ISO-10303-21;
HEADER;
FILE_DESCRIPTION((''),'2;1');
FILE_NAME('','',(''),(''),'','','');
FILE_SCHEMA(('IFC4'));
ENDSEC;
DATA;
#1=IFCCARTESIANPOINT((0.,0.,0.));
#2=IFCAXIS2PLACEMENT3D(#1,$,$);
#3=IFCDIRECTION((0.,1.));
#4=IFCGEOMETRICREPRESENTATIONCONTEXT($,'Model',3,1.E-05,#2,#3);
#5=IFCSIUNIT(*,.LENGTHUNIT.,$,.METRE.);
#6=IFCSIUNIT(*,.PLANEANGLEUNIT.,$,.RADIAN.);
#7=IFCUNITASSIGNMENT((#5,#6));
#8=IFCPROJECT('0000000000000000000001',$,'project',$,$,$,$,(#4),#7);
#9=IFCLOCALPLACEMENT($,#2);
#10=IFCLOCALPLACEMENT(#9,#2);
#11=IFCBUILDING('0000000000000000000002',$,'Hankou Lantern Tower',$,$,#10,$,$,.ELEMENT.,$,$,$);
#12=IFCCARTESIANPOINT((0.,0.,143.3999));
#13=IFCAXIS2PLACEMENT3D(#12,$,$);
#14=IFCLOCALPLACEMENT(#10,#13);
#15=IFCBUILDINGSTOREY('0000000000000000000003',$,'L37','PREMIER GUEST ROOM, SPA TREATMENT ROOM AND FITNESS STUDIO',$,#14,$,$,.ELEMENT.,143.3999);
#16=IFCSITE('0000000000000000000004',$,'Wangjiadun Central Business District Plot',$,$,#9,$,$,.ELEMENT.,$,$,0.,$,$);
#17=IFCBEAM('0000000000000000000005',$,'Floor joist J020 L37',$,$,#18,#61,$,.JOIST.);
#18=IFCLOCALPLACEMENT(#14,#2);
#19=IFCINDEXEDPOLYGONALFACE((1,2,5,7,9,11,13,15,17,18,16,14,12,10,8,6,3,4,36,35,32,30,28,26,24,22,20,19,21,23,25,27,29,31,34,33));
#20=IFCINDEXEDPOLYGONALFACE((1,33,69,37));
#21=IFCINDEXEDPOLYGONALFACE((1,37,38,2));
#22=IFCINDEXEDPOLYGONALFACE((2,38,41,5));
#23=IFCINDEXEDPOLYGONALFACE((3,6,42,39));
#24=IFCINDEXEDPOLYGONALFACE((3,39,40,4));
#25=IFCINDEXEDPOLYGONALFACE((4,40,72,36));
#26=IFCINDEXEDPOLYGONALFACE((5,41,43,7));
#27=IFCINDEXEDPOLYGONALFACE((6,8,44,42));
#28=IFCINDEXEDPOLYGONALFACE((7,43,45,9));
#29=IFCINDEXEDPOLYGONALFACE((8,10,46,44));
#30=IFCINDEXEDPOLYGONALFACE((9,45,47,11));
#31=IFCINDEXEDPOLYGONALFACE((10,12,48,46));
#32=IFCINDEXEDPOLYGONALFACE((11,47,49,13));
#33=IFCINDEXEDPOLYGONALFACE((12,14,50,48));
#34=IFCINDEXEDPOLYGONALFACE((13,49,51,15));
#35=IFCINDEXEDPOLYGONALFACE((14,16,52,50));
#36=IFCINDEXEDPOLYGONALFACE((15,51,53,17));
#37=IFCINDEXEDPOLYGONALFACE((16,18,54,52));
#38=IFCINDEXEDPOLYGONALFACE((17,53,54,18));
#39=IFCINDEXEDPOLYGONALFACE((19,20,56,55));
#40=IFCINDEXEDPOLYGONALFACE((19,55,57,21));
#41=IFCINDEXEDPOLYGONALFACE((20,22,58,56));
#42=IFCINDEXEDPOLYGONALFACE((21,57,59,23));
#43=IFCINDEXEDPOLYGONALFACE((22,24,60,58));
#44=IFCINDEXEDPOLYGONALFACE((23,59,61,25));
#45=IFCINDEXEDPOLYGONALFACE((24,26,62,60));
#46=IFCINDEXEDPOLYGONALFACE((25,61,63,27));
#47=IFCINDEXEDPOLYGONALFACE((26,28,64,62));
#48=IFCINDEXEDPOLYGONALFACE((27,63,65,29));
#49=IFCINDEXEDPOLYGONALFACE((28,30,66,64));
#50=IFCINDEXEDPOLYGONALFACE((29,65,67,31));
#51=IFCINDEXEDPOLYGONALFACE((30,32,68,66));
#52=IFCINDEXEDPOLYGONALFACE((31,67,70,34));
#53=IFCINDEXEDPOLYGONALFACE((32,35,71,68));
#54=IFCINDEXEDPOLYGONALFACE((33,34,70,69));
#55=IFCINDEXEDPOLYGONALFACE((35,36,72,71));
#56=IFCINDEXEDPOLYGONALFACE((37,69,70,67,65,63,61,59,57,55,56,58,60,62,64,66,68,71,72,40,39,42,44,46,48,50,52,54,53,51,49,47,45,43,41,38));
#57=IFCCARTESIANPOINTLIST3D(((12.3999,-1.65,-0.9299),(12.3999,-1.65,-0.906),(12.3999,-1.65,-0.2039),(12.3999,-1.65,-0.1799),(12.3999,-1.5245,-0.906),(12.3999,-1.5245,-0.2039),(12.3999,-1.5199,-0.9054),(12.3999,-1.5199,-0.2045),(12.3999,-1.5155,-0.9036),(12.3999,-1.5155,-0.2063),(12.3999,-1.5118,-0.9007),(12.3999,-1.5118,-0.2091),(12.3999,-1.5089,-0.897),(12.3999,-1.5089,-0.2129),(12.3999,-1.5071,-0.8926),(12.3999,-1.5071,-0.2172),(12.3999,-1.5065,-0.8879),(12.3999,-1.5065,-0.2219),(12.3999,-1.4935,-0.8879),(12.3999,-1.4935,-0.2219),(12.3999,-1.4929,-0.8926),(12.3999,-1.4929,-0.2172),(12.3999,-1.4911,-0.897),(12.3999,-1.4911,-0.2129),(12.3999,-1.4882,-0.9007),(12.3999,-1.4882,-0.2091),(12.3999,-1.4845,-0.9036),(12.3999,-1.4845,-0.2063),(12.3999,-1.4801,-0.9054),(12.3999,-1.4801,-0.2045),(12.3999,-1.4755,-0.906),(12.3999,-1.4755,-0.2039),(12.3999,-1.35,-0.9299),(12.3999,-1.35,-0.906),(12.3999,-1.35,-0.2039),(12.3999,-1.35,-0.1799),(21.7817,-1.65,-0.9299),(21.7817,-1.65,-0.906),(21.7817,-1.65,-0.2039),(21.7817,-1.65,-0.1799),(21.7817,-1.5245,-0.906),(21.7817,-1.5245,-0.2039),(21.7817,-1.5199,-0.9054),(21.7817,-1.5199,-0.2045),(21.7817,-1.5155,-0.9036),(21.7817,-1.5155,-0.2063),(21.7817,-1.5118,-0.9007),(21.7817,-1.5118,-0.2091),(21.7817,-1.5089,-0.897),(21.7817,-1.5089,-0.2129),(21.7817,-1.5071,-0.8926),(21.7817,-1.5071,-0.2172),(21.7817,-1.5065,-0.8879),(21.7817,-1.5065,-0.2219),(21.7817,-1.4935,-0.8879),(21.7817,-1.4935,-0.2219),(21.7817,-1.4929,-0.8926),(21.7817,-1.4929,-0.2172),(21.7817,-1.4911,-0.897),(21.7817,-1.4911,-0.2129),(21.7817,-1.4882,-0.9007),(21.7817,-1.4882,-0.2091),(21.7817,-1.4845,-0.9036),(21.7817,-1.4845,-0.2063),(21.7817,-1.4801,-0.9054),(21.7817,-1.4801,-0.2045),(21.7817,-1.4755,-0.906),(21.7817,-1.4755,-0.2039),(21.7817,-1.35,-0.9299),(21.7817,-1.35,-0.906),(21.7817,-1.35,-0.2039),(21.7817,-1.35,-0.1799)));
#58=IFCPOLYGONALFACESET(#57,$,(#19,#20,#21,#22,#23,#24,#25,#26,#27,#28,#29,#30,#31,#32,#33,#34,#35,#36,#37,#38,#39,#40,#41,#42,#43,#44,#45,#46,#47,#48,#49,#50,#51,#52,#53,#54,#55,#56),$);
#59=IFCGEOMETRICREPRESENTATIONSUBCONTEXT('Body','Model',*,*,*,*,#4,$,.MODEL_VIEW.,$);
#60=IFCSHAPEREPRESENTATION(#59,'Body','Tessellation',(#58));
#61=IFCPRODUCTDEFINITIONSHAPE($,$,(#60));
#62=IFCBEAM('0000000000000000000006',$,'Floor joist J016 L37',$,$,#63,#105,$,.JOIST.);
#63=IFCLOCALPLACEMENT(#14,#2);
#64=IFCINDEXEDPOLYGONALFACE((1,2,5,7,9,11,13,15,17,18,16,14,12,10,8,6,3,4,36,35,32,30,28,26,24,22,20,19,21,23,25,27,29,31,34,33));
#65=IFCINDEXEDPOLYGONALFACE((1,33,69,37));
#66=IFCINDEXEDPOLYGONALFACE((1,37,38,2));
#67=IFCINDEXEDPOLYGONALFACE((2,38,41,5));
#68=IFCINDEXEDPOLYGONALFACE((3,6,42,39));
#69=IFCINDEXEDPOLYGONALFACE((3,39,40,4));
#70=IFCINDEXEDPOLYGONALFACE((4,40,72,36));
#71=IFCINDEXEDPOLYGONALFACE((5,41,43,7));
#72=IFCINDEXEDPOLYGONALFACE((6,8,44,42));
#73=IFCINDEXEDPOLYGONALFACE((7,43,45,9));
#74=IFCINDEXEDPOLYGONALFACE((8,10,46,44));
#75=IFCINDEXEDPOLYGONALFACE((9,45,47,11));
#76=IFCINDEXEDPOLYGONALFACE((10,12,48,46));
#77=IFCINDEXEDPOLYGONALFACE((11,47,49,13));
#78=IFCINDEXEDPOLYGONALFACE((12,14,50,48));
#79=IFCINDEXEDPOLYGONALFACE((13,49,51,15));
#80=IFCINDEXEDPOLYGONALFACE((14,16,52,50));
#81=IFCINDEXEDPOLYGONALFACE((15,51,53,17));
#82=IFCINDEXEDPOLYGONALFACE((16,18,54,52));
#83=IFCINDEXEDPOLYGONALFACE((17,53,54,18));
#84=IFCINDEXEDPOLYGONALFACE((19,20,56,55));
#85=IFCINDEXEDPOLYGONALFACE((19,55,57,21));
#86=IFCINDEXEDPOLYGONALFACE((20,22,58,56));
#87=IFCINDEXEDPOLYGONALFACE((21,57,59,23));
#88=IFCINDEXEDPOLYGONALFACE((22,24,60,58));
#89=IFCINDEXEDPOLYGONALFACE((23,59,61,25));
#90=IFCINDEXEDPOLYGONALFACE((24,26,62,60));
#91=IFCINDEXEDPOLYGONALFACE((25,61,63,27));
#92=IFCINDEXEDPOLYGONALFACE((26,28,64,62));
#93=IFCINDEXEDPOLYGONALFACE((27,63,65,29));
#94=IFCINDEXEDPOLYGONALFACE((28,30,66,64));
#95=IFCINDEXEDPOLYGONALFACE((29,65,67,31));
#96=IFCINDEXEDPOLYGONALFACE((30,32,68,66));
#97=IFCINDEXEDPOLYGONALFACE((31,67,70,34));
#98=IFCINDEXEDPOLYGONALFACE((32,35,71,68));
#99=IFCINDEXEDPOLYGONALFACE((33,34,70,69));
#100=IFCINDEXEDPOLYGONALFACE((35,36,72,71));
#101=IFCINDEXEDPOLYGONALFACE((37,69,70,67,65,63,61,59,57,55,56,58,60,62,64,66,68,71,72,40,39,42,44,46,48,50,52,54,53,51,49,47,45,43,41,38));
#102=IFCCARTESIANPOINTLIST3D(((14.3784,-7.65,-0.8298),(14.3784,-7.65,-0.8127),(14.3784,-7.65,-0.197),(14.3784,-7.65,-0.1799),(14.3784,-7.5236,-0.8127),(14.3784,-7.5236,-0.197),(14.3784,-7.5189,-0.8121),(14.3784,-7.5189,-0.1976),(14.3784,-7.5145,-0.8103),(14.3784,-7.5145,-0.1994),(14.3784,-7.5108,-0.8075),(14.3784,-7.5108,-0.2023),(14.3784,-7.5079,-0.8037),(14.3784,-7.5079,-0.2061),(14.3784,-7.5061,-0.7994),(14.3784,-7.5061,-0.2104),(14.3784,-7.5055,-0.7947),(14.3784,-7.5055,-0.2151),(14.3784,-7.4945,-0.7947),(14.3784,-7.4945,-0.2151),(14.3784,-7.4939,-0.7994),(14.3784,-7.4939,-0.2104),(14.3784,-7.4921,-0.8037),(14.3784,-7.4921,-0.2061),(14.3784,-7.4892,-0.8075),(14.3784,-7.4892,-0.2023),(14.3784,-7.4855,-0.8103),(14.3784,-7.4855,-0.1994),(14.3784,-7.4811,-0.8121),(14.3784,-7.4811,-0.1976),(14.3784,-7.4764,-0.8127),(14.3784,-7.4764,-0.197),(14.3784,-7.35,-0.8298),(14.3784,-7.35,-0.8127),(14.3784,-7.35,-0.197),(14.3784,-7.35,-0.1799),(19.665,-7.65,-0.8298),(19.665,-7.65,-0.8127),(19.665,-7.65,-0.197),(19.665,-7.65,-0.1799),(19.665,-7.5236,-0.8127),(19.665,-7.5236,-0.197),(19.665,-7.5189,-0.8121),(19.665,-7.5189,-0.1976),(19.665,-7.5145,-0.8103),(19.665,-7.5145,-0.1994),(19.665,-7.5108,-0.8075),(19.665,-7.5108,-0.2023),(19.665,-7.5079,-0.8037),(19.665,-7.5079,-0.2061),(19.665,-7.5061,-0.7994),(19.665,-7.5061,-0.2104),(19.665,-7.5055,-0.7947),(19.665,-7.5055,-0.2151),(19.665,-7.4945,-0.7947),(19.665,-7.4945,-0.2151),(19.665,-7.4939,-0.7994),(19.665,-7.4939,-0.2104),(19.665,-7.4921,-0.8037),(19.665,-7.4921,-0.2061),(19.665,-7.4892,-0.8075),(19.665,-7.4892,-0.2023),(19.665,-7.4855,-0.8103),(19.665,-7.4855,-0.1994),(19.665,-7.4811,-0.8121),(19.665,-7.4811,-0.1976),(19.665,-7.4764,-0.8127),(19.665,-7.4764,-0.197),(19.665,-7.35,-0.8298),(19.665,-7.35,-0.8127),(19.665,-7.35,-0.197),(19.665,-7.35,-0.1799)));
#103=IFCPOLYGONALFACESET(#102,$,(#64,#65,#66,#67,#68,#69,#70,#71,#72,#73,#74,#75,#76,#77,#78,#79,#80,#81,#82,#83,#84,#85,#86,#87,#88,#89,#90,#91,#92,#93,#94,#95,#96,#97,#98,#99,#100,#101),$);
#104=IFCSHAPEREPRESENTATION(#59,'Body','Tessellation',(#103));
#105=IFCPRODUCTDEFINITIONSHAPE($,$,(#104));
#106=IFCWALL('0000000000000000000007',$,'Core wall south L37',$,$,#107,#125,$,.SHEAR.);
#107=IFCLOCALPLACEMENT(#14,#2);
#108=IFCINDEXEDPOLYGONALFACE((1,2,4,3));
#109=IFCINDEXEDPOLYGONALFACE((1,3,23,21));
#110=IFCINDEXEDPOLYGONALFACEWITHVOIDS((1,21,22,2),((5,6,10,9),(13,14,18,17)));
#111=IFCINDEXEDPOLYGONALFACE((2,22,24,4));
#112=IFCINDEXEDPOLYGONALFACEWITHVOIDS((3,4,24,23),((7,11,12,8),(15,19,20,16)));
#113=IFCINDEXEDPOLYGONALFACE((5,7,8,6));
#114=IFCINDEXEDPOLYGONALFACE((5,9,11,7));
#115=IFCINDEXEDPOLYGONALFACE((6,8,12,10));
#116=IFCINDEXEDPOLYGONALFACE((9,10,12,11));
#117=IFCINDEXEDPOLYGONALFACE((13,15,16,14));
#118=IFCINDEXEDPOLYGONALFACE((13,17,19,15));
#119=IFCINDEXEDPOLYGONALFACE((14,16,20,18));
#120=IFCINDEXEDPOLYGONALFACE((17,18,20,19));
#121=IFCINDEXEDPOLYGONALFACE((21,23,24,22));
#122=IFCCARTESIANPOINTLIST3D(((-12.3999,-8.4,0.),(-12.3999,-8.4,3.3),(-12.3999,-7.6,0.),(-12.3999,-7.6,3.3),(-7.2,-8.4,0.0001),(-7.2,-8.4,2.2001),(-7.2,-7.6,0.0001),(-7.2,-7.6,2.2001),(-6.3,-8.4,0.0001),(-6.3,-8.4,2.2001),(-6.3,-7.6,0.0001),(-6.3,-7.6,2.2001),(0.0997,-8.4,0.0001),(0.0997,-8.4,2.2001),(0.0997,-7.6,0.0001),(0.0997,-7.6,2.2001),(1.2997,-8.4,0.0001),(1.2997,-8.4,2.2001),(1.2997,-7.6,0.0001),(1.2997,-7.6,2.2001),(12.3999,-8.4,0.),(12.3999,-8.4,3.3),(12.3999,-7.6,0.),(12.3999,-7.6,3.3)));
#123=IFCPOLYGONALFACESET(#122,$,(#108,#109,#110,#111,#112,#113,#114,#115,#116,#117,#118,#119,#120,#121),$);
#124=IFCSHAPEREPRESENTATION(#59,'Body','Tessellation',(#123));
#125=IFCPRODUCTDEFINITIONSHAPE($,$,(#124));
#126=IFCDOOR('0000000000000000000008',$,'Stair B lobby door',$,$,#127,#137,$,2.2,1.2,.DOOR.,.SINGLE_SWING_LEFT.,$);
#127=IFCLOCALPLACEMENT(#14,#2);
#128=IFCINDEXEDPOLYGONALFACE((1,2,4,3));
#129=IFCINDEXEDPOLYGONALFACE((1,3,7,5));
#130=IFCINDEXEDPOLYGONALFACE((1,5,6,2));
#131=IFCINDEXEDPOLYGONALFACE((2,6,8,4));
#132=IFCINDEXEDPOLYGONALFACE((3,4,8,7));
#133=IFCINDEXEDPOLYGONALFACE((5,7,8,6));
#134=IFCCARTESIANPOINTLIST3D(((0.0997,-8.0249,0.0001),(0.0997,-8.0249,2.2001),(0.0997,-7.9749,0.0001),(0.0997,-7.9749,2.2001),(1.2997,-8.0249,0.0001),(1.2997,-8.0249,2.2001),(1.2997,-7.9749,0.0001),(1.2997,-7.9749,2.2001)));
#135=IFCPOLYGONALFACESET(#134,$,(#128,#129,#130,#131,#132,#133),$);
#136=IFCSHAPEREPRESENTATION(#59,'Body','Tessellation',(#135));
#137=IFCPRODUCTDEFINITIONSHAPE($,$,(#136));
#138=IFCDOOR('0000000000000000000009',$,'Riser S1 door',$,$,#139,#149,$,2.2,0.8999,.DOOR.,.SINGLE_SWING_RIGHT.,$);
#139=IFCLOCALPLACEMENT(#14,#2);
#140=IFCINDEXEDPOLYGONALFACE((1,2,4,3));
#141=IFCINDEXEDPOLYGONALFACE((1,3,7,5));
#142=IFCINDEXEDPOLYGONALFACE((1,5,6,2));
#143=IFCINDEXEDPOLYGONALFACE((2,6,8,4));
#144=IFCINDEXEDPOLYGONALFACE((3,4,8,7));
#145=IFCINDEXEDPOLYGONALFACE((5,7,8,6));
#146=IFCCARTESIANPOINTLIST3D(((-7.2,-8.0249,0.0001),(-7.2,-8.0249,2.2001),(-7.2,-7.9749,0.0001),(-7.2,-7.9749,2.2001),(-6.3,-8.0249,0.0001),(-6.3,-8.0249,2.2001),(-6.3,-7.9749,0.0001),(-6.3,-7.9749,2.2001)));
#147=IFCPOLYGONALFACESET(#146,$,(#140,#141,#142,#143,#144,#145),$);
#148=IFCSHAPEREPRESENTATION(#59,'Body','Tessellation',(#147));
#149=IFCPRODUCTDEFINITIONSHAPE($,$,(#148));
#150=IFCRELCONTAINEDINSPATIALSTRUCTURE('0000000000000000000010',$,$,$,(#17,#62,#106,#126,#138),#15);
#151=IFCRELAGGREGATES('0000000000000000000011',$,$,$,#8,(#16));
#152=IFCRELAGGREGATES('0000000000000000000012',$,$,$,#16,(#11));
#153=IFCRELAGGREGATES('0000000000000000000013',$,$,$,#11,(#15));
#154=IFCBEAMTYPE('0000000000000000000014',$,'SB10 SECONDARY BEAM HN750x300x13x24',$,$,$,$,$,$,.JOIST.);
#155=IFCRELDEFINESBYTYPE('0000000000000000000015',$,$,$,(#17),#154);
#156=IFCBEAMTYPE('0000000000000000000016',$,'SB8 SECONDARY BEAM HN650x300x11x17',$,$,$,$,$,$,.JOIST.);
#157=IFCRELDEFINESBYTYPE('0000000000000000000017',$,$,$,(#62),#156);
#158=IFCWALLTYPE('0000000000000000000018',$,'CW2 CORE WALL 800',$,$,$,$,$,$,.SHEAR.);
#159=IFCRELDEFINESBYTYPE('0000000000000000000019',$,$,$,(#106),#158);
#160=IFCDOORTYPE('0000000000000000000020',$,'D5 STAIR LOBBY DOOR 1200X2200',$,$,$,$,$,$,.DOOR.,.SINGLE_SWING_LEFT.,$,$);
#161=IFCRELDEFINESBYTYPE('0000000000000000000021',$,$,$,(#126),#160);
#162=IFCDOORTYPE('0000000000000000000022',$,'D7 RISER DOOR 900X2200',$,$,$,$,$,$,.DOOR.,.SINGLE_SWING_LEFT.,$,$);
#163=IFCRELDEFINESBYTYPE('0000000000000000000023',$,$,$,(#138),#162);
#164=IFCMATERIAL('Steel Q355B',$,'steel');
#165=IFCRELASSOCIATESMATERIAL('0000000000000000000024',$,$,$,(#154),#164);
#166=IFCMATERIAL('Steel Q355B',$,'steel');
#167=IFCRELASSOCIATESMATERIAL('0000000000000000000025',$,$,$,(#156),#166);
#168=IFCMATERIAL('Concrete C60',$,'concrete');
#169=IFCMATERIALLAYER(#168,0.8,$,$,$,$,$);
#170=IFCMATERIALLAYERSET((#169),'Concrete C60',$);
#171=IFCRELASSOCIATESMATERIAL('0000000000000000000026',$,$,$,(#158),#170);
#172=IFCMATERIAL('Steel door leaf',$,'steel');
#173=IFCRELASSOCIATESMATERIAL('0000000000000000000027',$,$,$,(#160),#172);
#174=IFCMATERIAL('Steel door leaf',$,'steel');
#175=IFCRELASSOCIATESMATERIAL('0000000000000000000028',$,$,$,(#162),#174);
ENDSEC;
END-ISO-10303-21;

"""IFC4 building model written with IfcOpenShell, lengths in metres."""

from ifc_helpers import new_model, si_unit, direction, frame, frame_2d, origin, origin_2d, place, context, subcontext, project, spatial, rectangle, i_section, extrude, material, layer, layer_set, material_profile, profile_set, type_object, element, fill, save


model = new_model("IFC4")

# Units and contexts
model_context = context("Model", 3, precision=1e-05, world=origin(), true_north=direction((0.0, 1.0)))
body_context = subcontext(model_context, "Body", "Model", "MODEL_VIEW")
ifc_project = project(units=[si_unit("LENGTHUNIT", "METRE"), si_unit("PLANEANGLEUNIT", "RADIAN")], contexts=[model_context])

# Site, building, storey
site_placement = place(None, origin())
site = spatial("IfcSite", under=ifc_project, at=site_placement, Name="Wangjiadun Central Business District Plot", CompositionType="ELEMENT", RefElevation=0.0)
building_placement = place(site_placement, origin())
building = spatial("IfcBuilding", under=site, at=building_placement, Name="Hankou Lantern Tower", CompositionType="ELEMENT")
storey_placement = place(building_placement, frame((0.0, 0.0, 143.3999)))
storey = spatial("IfcBuildingStorey", under=building, at=storey_placement, Name="L37", Description="PREMIER GUEST ROOM, SPA TREATMENT ROOM AND FITNESS STUDIO", CompositionType="ELEMENT", Elevation=143.3999)

# Beams
ifc_material_1 = material(Name="Steel Q355B", Category="steel")
ifc_material_profile_1 = material_profile(ifc_material_1, i_section(OverallWidth=0.3, OverallDepth=0.75, WebThickness=0.0129, FlangeThickness=0.0239, FilletRadius=0.0181, at=origin_2d()), Name="HN750x300x13x24")
ifc_profile_set_1 = profile_set([ifc_material_profile_1], Name="Steel Q355B")
beam_type_1 = type_object("IfcBeamType", Name="SB10 SECONDARY BEAM HN750x300x13x24", PredefinedType="JOIST", material=ifc_profile_set_1)
beam_1_placement = place(storey_placement, frame((12.3999, -1.5, -0.5549), z_axis=(1.0, 0.0, 0.0), x_axis=(0.0, 1.0, 0.0)))
element("IfcBeam", 1, at=beam_1_placement, inside=storey, type_object=beam_type_1, Name="Floor joist J020 L37", PredefinedType="JOIST", context=body_context, shape_type="SweptSolid", body=[
    extrude(i_section(OverallWidth=0.3, OverallDepth=0.75, WebThickness=0.0129, FlangeThickness=0.0239, FilletRadius=0.0181, at=origin_2d()), origin(), (0.0, 0.0, 1.0), 9.3818),
])
ifc_material_2 = material(Name="Steel Q355B", Category="steel")
ifc_material_profile_2 = material_profile(ifc_material_2, i_section(OverallWidth=0.3, OverallDepth=0.6499, WebThickness=0.011, FlangeThickness=0.0171, FilletRadius=0.0181, at=origin_2d()), Name="HN650x300x11x17")
ifc_profile_set_2 = profile_set([ifc_material_profile_2], Name="Steel Q355B")
beam_type_2 = type_object("IfcBeamType", Name="SB8 SECONDARY BEAM HN650x300x11x17", PredefinedType="JOIST", material=ifc_profile_set_2)
beam_2_placement = place(storey_placement, frame((14.3784, -7.5, -0.5049), z_axis=(1.0, 0.0, 0.0), x_axis=(0.0, 1.0, 0.0)))
element("IfcBeam", 2, at=beam_2_placement, inside=storey, type_object=beam_type_2, Name="Floor joist J016 L37", PredefinedType="JOIST", context=body_context, shape_type="SweptSolid", body=[
    extrude(i_section(OverallWidth=0.3, OverallDepth=0.6499, WebThickness=0.011, FlangeThickness=0.0171, FilletRadius=0.0181, at=origin_2d()), origin(), (0.0, 0.0, 1.0), 5.2866),
])

# Wall, openings, doors
ifc_material_3 = material(Name="Concrete C60", Category="concrete")
ifc_layer_1 = layer(ifc_material_3, 0.8)
ifc_layer_set_1 = layer_set([ifc_layer_1], Name="Concrete C60")
wall_type_1 = type_object("IfcWallType", Name="CW2 CORE WALL 800", PredefinedType="SHEAR", material=ifc_layer_set_1)
wall_1_placement = place(storey_placement, frame((12.3999, -8.0, 0.0), z_axis=(0.0, 0.0, 1.0), x_axis=(-1.0, 0.0, 0.0)))
wall_1 = element("IfcWall", 3, at=wall_1_placement, inside=storey, type_object=wall_type_1, Name="Core wall south L37", PredefinedType="SHEAR", context=body_context, shape_type="SweptSolid", body=[
    extrude(rectangle(XDim=24.7998, YDim=0.8, at=frame_2d((12.3999, 0.0))), origin(), (0.0, 0.0, 1.0), 3.3),
])
opening_1_placement = place(wall_1_placement, frame((11.1001, 0.0, 0.0)))
opening_1 = element("IfcOpeningElement", 4, at=opening_1_placement, cuts=wall_1, PredefinedType="OPENING", context=body_context, shape_type="SweptSolid", body=[
    extrude(rectangle(XDim=1.2, YDim=2.2, at=frame_2d((0.6001, 1.1001))), frame((0.0, 0.4099, 0.0), z_axis=(0.0, -1.0, 0.0), x_axis=(1.0, 0.0, 0.0)), (0.0, 0.0, 1.0), 0.8201),
])
opening_2_placement = place(wall_1_placement, frame((18.7, 0.0, 0.0)))
opening_2 = element("IfcOpeningElement", 5, at=opening_2_placement, cuts=wall_1, PredefinedType="OPENING", context=body_context, shape_type="SweptSolid", body=[
    extrude(rectangle(XDim=0.8999, YDim=2.2, at=frame_2d((0.45, 1.1001))), frame((0.0, 0.4099, 0.0), z_axis=(0.0, -1.0, 0.0), x_axis=(1.0, 0.0, 0.0)), (0.0, 0.0, 1.0), 0.8201),
])
ifc_material_4 = material(Name="Steel door leaf", Category="steel")
door_type_1 = type_object("IfcDoorType", Name="D5 STAIR LOBBY DOOR 1200X2200", OperationType="SINGLE_SWING_LEFT", PredefinedType="DOOR", material=ifc_material_4)
door_1_placement = place(opening_1_placement, origin())
door_1 = element("IfcDoor", 6, at=door_1_placement, inside=storey, type_object=door_type_1, Name="Stair B lobby door", OperationType="SINGLE_SWING_LEFT", OverallHeight=2.2, OverallWidth=1.2, PredefinedType="DOOR", context=body_context, shape_type="SweptSolid", body=[
    extrude(rectangle(XDim=1.2, YDim=2.2, at=frame_2d((0.6001, 1.1001))), frame((0.0, 0.0249, 0.0), z_axis=(0.0, -1.0, 0.0), x_axis=(1.0, 0.0, 0.0)), (0.0, 0.0, 1.0), 0.05),
])
fill(opening_1, door_1)
ifc_material_5 = material(Name="Steel door leaf", Category="steel")
door_type_2 = type_object("IfcDoorType", Name="D7 RISER DOOR 900X2200", OperationType="SINGLE_SWING_LEFT", PredefinedType="DOOR", material=ifc_material_5)
door_2_placement = place(opening_2_placement, origin())
door_2 = element("IfcDoor", 7, at=door_2_placement, inside=storey, type_object=door_type_2, Name="Riser S1 door", OperationType="SINGLE_SWING_RIGHT", OverallHeight=2.2, OverallWidth=0.8999, PredefinedType="DOOR", context=body_context, shape_type="SweptSolid", body=[
    extrude(rectangle(XDim=0.8999, YDim=2.2, at=frame_2d((0.45, 1.1001))), frame((0.0, 0.0249, 0.0), z_axis=(0.0, -1.0, 0.0), x_axis=(1.0, 0.0, 0.0)), (0.0, 0.0, 1.0), 0.05),
])
fill(opening_2, door_2)

save(model, "model.ifc")
